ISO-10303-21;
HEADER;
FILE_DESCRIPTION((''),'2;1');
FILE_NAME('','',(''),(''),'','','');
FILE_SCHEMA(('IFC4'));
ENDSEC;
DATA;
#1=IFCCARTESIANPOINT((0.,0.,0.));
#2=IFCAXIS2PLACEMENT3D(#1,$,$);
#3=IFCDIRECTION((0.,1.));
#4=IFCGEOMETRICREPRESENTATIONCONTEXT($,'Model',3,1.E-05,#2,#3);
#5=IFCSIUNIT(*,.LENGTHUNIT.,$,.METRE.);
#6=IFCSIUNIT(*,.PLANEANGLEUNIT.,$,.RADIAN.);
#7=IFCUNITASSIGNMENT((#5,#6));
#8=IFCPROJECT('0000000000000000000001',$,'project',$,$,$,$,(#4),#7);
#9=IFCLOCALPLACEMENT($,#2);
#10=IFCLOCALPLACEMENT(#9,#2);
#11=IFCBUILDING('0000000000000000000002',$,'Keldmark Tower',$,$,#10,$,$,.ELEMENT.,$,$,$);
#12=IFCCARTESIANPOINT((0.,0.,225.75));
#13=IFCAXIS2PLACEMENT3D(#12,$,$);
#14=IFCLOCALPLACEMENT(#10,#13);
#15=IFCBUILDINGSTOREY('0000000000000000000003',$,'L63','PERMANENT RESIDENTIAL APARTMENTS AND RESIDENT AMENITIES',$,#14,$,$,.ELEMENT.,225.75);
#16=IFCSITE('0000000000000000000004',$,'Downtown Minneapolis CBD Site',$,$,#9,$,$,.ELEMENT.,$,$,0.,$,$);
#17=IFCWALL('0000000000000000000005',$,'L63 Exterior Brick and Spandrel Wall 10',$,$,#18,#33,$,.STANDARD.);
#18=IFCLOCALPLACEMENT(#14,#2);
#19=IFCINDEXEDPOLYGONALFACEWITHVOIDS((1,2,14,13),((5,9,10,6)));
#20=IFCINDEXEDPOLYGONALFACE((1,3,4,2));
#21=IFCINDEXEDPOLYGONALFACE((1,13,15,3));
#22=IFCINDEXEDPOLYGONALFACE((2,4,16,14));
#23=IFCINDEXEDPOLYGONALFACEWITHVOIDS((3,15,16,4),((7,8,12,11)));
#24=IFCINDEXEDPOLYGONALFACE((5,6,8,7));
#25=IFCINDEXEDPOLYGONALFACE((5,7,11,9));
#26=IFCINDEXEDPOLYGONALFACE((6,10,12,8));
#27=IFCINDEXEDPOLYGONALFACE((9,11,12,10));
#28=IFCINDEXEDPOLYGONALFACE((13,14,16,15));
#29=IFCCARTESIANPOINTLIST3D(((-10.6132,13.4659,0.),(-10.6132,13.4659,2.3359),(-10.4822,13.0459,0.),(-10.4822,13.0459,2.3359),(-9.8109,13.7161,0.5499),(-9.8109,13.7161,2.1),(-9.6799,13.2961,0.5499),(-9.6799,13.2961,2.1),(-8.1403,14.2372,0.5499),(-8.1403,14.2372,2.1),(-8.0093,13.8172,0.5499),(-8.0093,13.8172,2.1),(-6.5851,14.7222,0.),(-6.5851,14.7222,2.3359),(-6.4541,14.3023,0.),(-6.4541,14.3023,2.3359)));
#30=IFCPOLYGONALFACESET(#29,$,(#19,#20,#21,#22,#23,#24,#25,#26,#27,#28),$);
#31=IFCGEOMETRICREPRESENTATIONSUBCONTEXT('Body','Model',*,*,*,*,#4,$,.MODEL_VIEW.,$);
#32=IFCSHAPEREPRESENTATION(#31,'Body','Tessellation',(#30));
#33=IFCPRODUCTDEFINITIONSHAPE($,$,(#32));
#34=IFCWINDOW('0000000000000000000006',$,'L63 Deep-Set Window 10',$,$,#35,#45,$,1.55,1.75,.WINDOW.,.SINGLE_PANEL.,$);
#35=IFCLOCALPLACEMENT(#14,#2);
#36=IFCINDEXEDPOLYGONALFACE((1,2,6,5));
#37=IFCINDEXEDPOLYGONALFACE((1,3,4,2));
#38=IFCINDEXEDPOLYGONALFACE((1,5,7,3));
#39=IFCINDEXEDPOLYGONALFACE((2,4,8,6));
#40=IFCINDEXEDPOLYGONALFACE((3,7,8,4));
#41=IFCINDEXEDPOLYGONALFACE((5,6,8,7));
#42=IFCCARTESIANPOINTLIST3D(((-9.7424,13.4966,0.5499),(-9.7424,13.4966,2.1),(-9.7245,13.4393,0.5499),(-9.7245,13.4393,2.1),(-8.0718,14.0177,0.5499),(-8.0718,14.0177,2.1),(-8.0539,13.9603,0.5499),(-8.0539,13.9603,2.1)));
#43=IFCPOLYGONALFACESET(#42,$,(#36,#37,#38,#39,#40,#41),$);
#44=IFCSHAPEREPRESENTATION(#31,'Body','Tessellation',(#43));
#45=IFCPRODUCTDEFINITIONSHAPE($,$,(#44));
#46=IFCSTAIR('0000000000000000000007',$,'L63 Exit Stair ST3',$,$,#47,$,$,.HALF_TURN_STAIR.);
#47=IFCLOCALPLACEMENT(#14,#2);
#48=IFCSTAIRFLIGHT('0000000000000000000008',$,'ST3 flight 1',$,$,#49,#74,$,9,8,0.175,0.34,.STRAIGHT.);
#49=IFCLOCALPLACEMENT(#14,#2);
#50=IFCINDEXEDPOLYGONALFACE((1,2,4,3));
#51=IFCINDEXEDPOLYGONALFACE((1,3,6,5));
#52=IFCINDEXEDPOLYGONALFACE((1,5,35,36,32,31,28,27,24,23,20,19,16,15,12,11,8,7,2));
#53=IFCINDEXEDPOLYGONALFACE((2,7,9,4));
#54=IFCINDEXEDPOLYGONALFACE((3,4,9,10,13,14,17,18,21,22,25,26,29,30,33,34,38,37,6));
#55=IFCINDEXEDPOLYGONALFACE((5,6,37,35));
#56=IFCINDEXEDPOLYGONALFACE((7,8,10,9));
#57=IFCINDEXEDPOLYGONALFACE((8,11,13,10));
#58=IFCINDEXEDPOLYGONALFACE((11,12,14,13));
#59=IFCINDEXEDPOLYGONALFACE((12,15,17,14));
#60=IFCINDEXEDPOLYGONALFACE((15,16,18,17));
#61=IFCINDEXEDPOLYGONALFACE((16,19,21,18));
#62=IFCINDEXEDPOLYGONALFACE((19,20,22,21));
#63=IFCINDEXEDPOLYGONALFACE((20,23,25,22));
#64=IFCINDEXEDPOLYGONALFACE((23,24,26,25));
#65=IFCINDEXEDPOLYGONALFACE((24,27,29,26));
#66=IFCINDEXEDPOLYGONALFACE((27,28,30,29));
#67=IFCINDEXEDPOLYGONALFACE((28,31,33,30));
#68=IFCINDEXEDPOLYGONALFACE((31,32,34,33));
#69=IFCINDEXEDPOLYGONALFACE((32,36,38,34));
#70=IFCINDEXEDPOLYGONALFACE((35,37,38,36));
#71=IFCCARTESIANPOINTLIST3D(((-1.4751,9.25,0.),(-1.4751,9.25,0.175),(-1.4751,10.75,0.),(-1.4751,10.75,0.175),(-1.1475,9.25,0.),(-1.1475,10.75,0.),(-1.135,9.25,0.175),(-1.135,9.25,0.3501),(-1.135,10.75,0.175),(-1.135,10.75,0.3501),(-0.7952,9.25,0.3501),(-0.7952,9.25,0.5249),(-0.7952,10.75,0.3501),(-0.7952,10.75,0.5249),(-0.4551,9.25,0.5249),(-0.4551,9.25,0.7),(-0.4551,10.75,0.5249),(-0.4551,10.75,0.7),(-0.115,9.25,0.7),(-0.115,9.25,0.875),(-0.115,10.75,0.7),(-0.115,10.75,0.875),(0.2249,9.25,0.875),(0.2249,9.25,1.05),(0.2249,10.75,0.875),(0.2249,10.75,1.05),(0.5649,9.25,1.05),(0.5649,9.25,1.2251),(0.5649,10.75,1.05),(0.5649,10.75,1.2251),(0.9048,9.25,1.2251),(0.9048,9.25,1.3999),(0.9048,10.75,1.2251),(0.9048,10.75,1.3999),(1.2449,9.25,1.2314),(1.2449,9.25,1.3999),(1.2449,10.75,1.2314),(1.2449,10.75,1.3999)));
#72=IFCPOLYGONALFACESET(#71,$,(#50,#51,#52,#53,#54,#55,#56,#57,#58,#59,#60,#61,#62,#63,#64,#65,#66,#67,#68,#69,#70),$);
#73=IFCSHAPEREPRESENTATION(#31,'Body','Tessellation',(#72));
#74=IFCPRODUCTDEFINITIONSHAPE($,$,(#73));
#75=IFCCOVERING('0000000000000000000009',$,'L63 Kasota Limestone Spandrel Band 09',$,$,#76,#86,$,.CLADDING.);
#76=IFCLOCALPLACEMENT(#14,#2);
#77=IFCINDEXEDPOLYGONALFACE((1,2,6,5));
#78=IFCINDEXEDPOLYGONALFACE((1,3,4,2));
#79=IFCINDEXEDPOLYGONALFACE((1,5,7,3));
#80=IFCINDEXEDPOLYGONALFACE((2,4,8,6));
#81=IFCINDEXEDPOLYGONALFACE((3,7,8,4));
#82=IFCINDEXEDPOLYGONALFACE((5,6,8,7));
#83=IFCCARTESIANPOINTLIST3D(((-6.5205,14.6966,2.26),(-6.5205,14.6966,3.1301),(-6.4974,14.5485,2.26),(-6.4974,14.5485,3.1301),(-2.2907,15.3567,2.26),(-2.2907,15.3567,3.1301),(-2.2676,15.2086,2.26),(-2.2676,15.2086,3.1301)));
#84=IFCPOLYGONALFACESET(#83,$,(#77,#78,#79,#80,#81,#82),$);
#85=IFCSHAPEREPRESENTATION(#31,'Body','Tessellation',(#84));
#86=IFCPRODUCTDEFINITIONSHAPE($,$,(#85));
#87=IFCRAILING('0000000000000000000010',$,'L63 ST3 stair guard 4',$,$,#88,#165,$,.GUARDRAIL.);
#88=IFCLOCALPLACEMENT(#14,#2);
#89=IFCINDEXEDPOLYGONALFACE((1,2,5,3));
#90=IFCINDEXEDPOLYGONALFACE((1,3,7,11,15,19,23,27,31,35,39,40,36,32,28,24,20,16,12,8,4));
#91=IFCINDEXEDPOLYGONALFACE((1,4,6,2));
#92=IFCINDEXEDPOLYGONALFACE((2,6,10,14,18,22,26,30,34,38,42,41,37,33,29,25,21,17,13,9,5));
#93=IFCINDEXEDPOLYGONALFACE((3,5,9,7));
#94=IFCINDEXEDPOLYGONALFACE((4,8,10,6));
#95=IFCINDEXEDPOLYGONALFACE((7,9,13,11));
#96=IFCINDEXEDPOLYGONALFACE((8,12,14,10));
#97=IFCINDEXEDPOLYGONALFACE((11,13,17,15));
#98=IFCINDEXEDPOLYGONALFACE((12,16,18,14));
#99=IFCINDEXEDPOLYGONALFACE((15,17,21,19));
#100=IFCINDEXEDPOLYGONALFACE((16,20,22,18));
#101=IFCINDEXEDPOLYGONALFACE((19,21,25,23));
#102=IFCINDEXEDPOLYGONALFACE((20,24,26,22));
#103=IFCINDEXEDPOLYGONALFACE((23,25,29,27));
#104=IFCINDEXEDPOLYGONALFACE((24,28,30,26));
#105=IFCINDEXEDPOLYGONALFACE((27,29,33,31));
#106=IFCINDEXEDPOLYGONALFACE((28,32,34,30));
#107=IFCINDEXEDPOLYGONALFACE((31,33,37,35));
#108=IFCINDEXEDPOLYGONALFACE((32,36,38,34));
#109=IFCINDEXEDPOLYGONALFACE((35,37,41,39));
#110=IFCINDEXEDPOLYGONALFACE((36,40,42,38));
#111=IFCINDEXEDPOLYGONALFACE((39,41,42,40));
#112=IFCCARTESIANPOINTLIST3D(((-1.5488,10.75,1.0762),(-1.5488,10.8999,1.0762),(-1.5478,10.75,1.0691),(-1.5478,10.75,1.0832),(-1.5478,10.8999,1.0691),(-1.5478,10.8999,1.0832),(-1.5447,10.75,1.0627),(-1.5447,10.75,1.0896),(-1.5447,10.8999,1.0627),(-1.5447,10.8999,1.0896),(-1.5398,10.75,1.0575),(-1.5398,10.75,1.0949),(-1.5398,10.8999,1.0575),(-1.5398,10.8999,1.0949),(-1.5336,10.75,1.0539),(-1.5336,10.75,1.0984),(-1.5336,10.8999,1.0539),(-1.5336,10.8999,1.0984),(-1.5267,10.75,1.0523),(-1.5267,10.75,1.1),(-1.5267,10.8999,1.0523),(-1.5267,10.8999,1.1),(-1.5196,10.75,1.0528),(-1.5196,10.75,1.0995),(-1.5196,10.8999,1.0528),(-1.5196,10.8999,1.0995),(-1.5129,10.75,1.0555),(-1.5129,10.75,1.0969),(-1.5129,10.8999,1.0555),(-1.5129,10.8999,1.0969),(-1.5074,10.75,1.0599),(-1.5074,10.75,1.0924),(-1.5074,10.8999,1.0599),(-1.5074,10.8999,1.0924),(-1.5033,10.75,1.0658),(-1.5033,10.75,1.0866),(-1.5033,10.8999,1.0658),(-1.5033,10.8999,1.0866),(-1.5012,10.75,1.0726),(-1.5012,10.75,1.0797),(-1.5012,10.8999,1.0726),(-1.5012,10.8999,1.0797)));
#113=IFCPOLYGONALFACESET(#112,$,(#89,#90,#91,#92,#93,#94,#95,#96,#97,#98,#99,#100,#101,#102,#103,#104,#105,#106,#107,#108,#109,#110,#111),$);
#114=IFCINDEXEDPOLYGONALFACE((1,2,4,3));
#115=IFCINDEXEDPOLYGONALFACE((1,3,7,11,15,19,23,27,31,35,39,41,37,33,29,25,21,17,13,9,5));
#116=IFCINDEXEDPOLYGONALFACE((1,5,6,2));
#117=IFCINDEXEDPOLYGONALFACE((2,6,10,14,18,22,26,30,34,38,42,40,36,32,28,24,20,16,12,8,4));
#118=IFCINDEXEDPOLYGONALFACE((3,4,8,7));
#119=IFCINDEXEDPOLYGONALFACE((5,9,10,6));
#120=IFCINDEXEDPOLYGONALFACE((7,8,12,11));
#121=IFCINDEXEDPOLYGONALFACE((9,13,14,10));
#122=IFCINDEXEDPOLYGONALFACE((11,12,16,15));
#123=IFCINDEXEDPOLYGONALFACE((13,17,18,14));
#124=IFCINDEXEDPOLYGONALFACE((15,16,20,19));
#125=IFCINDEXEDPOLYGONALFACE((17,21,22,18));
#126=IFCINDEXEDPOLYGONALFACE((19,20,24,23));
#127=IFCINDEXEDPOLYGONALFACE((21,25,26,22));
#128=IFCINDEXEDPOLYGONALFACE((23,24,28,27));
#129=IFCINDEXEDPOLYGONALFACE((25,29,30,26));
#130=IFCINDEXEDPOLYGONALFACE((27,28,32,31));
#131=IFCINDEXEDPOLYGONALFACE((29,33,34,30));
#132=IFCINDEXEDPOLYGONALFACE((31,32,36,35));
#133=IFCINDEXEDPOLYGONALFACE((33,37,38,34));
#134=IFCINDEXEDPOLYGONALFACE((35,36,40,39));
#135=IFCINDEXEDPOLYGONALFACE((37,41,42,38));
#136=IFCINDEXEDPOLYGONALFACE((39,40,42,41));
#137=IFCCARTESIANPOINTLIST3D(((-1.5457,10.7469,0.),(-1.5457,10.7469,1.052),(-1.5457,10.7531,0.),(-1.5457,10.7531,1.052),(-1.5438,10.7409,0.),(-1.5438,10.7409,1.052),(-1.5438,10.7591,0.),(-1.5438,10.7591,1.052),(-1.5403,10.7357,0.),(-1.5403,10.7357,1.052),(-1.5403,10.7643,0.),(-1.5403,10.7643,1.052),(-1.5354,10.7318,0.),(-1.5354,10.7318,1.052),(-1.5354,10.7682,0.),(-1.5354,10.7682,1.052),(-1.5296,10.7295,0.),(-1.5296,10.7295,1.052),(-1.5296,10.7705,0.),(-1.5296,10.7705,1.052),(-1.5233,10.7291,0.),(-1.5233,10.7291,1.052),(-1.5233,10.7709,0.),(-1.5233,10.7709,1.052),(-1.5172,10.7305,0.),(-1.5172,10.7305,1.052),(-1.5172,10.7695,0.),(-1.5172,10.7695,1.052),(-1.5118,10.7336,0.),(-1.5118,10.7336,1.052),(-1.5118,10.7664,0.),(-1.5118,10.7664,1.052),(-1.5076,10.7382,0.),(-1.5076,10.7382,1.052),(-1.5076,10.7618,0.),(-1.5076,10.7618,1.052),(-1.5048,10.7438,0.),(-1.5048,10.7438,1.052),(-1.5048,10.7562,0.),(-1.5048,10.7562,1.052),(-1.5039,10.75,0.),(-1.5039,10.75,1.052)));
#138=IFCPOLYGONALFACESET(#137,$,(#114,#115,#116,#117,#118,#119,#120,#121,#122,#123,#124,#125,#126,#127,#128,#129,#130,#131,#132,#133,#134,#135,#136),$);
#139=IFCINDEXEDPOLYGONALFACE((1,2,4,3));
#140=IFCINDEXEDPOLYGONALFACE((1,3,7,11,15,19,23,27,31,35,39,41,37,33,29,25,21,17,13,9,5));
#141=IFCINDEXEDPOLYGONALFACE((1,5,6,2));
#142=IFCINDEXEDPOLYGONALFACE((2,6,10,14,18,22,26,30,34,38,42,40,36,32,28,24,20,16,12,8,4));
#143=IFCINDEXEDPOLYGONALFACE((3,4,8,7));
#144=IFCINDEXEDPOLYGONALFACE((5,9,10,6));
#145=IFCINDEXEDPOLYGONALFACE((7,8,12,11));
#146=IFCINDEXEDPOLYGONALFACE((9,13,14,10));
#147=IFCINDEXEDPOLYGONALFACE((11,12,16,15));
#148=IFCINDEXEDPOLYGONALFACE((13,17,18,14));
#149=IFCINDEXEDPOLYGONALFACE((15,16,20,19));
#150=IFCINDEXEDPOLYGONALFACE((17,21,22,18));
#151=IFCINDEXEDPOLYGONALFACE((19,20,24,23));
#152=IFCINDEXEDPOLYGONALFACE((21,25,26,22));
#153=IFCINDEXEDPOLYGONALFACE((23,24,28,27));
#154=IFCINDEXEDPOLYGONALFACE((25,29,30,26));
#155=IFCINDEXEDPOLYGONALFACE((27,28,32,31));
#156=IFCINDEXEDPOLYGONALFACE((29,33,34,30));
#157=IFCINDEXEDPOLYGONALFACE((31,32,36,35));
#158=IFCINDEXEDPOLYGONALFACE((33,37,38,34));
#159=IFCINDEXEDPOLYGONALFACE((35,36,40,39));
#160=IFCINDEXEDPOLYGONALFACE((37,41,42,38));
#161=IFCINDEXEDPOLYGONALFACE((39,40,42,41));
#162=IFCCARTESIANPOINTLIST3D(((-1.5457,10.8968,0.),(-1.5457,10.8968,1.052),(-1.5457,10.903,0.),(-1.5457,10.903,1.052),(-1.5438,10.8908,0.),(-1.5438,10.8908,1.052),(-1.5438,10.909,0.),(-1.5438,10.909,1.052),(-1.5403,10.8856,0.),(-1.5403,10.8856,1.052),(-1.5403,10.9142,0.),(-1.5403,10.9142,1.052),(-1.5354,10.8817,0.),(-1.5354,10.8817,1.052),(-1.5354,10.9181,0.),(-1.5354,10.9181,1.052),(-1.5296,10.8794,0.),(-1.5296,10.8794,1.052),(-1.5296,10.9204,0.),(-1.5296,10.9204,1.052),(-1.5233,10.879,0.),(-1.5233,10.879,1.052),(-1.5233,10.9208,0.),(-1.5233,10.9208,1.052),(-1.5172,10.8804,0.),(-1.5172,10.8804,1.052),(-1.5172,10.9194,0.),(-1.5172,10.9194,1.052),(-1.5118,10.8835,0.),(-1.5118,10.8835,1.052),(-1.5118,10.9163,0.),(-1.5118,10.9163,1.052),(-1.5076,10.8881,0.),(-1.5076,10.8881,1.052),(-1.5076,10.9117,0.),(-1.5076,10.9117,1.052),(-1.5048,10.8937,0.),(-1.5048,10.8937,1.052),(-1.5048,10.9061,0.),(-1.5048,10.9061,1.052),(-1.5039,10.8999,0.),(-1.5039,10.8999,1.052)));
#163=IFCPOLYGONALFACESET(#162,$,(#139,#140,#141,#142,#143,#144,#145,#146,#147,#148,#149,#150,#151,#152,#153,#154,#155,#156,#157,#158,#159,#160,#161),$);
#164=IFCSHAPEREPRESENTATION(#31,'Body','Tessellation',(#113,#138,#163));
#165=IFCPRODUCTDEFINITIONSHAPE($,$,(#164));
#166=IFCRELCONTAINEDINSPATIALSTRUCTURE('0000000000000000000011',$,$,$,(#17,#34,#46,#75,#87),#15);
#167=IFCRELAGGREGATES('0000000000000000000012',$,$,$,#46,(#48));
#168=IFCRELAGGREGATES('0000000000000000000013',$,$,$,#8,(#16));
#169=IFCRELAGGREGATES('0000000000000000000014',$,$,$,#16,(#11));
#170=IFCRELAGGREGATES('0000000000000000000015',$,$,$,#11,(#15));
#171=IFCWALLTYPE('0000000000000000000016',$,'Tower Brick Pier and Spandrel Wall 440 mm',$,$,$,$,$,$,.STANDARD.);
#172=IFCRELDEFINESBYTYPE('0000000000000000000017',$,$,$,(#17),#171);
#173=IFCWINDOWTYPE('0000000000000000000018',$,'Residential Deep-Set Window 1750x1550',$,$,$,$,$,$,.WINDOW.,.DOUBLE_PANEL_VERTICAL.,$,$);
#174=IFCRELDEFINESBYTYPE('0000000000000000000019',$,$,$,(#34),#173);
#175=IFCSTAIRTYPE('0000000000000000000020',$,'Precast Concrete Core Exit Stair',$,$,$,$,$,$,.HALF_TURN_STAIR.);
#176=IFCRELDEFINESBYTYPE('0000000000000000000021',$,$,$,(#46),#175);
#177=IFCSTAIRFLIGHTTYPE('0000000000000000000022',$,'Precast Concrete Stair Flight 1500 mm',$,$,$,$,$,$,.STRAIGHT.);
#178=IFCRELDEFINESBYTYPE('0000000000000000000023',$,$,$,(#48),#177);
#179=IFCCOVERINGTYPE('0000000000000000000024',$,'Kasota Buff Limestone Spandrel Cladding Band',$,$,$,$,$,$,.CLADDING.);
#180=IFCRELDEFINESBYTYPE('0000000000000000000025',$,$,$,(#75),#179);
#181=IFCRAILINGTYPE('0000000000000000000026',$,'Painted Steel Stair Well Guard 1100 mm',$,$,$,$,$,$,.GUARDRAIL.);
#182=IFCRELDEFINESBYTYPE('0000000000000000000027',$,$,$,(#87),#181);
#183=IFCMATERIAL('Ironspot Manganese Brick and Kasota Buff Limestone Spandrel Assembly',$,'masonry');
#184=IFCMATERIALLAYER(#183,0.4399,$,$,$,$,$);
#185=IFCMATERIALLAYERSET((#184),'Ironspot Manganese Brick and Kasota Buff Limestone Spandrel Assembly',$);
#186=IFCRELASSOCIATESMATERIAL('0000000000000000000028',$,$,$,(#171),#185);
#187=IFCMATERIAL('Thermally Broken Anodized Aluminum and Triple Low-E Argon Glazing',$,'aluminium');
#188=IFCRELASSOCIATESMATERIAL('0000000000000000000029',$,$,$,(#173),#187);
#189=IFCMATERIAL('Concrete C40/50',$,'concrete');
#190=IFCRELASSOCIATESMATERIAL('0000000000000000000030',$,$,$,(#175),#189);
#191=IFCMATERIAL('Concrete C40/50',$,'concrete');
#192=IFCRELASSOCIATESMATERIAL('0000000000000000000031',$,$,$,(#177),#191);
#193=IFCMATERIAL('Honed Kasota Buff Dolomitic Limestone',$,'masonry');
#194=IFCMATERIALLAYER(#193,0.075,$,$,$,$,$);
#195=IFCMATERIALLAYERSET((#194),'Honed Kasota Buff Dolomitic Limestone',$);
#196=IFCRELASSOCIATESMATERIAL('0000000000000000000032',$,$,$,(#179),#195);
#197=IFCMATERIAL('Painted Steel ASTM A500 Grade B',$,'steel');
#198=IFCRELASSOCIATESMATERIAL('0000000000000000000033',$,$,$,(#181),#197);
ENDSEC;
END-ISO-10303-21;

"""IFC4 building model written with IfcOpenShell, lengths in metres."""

from ifc_helpers import new_model, si_unit, direction, frame, frame_2d, origin, origin_2d, place, context, subcontext, project, spatial, polyline, rectangle, circle, outline, extrude, material, layer, layer_set, type_object, element, fill, aggregate, save


model = new_model("IFC4")

# Units and contexts
model_context = context("Model", 3, precision=1e-05, world=origin(), true_north=direction((0.0, 1.0)))
body_context = subcontext(model_context, "Body", "Model", "MODEL_VIEW")
ifc_project = project(units=[si_unit("LENGTHUNIT", "METRE"), si_unit("PLANEANGLEUNIT", "RADIAN")], contexts=[model_context])

# Site, building, storey
site_placement = place(None, origin())
site = spatial("IfcSite", under=ifc_project, at=site_placement, Name="Downtown Minneapolis CBD Site", CompositionType="ELEMENT", RefElevation=0.0)
building_placement = place(site_placement, origin())
building = spatial("IfcBuilding", under=site, at=building_placement, Name="Keldmark Tower", CompositionType="ELEMENT")
storey_placement = place(building_placement, frame((0.0, 0.0, 225.75)))
storey = spatial("IfcBuildingStorey", under=building, at=storey_placement, Name="L63", Description="PERMANENT RESIDENTIAL APARTMENTS AND RESIDENT AMENITIES", CompositionType="ELEMENT", Elevation=225.75)

# Wall, opening, window
ifc_material_1 = material(Name="Ironspot Manganese Brick and Kasota Buff Limestone Spandrel Assembly", Category="masonry")
ifc_layer_1 = layer(ifc_material_1, 0.4399)
ifc_layer_set_1 = layer_set([ifc_layer_1], Name="Ironspot Manganese Brick and Kasota Buff Limestone Spandrel Assembly")
wall_type_1 = type_object("IfcWallType", Name="Tower Brick Pier and Spandrel Wall 440 mm", PredefinedType="STANDARD", material=ifc_layer_set_1)
ifc_material_2 = material(Name="Thermally Broken Anodized Aluminum and Triple Low-E Argon Glazing", Category="aluminium")
window_type = type_object("IfcWindowType", Name="Residential Deep-Set Window 1750x1550", PartitioningType="DOUBLE_PANEL_VERTICAL", PredefinedType="WINDOW", material=ifc_material_2)
wall_1_placement = place(storey_placement, frame((-10.5479, 13.2559, 0.0), z_axis=(0.0, 0.0, 1.0), x_axis=(0.954644, 0.297751, 0.0)))
wall_1 = element("IfcWall", 1, at=wall_1_placement, inside=storey, type_object=wall_type_1, Name="L63 Exterior Brick and Spandrel Wall 10", PredefinedType="STANDARD", context=body_context, shape_type="SweptSolid", body=[
    extrude(rectangle(XDim=4.2195, YDim=0.4399, at=frame_2d((2.1099, 0.0))), origin(), (0.0, 0.0, 1.0), 2.3359),
])
opening_1_placement = place(wall_1_placement, frame((0.8406, 0.0, 0.55)))
opening_1 = element("IfcOpeningElement", 2, at=opening_1_placement, cuts=wall_1, PredefinedType="OPENING", context=body_context, shape_type="SweptSolid", body=[
    extrude(rectangle(XDim=1.75, YDim=1.55, at=frame_2d((0.875, 0.7749))), frame((0.0, 0.23, 0.0), z_axis=(0.0, -1.0, 0.0), x_axis=(1.0, 0.0, 0.0)), (0.0, 0.0, 1.0), 0.46),
])
window_1_placement = place(opening_1_placement, origin())
window_1 = element("IfcWindow", 3, at=window_1_placement, inside=storey, type_object=window_type, Name="L63 Deep-Set Window 10", OverallHeight=1.55, OverallWidth=1.75, PartitioningType="SINGLE_PANEL", PredefinedType="WINDOW", context=body_context, shape_type="SweptSolid", body=[
    extrude(rectangle(XDim=1.75, YDim=1.55, at=frame_2d((0.875, 0.7749))), frame((0.0, -0.01, 0.0), z_axis=(0.0, -1.0, 0.0), x_axis=(1.0, 0.0, 0.0)), (0.0, 0.0, 1.0), 0.0601),
])
fill(opening_1, window_1)

# Stair, stair flight
ifc_material_3 = material(Name="Concrete C40/50", Category="concrete")
stair_type = type_object("IfcStairType", Name="Precast Concrete Core Exit Stair", PredefinedType="HALF_TURN_STAIR", material=ifc_material_3)
stair_placement = place(storey_placement, origin())
stair = element("IfcStair", 4, at=stair_placement, inside=storey, type_object=stair_type, Name="L63 Exit Stair ST3", PredefinedType="HALF_TURN_STAIR")
ifc_material_4 = material(Name="Concrete C40/50", Category="concrete")
stair_flight_type = type_object("IfcStairFlightType", Name="Precast Concrete Stair Flight 1500 mm", PredefinedType="STRAIGHT", material=ifc_material_4)
stair_flight_placement = place(storey_placement, frame((-1.4751, 10.0, 0.0), z_axis=(0.0, 0.0, 1.0), x_axis=(1.0, 0.0, 0.0)))
stair_flight = element("IfcStairFlight", 5, at=stair_flight_placement, type_object=stair_flight_type, Name="ST3 flight 1", NumberOfRisers=9, NumberOfTreads=8, PredefinedType="STRAIGHT", RiserHeight=0.175, TreadLength=0.34, context=body_context, shape_type="SweptSolid", body=[
    extrude(outline(polyline([(0.0, 0.0), (0.0, 0.175), (0.3401, 0.175), (0.3401, 0.3501), (0.6799, 0.3501), (0.6799, 0.5249), (1.02, 0.5249), (1.02, 0.7), (1.3601, 0.7), (1.3601, 0.875), (1.7, 0.875), (1.7, 1.05), (2.04, 1.05), (2.04, 1.2251), (2.3799, 1.2251), (2.3799, 1.3999), (2.72, 1.3999), (2.72, 1.575), (2.72, 1.2314), (0.3276, 0.0), (0.0, 0.0)])), frame((0.0, 0.75, 0.0), z_axis=(0.0, -1.0, 0.0), x_axis=(1.0, 0.0, 0.0)), (0.0, 0.0, 1.0), 1.5),
])
aggregate(stair, [stair_flight])

# Covering
ifc_material_5 = material(Name="Honed Kasota Buff Dolomitic Limestone", Category="masonry")
ifc_layer_2 = layer(ifc_material_5, 0.075)
ifc_layer_set_2 = layer_set([ifc_layer_2], Name="Honed Kasota Buff Dolomitic Limestone")
covering_type = type_object("IfcCoveringType", Name="Kasota Buff Limestone Spandrel Cladding Band", PredefinedType="CLADDING", material=ifc_layer_set_2)
covering_placement = place(storey_placement, frame((-4.394, 14.9526, 2.26), z_axis=(0.0, 0.0, 1.0), x_axis=(-0.988041, -0.154193, 0.0)))
element("IfcCovering", 6, at=covering_placement, inside=storey, type_object=covering_type, Name="L63 Kasota Limestone Spandrel Band 09", PredefinedType="CLADDING", context=body_context, shape_type="SweptSolid", body=[
    extrude(rectangle(XDim=4.281, YDim=0.1499, at=origin_2d()), origin(), (0.0, 0.0, 1.0), 0.8701),
])

# Railing
ifc_material_6 = material(Name="Painted Steel ASTM A500 Grade B", Category="steel")
railing_type = type_object("IfcRailingType", Name="Painted Steel Stair Well Guard 1100 mm", PredefinedType="GUARDRAIL", material=ifc_material_6)
railing_placement = place(storey_placement, frame((-1.5249, 10.75, 0.0)))
element("IfcRailing", 7, at=railing_placement, inside=storey, type_object=railing_type, Name="L63 ST3 stair guard 4", PredefinedType="GUARDRAIL", context=body_context, shape_type="SweptSolid", body=[
    extrude(circle(Radius=0.0239, at=origin_2d()), frame((0.0, 0.0, 1.0762), z_axis=(0.0, 1.0, 0.0), x_axis=(-1.0, 0.0, 0.0)), (0.0, 0.0, 1.0), 0.1499),
    extrude(circle(Radius=0.021, at=origin_2d()), origin(), (0.0, 0.0, 1.0), 1.052),
    extrude(circle(Radius=0.021, at=origin_2d()), frame((0.0, 0.1499, 0.0)), (0.0, 0.0, 1.0), 1.052),
])

save(model, "model.ifc")
